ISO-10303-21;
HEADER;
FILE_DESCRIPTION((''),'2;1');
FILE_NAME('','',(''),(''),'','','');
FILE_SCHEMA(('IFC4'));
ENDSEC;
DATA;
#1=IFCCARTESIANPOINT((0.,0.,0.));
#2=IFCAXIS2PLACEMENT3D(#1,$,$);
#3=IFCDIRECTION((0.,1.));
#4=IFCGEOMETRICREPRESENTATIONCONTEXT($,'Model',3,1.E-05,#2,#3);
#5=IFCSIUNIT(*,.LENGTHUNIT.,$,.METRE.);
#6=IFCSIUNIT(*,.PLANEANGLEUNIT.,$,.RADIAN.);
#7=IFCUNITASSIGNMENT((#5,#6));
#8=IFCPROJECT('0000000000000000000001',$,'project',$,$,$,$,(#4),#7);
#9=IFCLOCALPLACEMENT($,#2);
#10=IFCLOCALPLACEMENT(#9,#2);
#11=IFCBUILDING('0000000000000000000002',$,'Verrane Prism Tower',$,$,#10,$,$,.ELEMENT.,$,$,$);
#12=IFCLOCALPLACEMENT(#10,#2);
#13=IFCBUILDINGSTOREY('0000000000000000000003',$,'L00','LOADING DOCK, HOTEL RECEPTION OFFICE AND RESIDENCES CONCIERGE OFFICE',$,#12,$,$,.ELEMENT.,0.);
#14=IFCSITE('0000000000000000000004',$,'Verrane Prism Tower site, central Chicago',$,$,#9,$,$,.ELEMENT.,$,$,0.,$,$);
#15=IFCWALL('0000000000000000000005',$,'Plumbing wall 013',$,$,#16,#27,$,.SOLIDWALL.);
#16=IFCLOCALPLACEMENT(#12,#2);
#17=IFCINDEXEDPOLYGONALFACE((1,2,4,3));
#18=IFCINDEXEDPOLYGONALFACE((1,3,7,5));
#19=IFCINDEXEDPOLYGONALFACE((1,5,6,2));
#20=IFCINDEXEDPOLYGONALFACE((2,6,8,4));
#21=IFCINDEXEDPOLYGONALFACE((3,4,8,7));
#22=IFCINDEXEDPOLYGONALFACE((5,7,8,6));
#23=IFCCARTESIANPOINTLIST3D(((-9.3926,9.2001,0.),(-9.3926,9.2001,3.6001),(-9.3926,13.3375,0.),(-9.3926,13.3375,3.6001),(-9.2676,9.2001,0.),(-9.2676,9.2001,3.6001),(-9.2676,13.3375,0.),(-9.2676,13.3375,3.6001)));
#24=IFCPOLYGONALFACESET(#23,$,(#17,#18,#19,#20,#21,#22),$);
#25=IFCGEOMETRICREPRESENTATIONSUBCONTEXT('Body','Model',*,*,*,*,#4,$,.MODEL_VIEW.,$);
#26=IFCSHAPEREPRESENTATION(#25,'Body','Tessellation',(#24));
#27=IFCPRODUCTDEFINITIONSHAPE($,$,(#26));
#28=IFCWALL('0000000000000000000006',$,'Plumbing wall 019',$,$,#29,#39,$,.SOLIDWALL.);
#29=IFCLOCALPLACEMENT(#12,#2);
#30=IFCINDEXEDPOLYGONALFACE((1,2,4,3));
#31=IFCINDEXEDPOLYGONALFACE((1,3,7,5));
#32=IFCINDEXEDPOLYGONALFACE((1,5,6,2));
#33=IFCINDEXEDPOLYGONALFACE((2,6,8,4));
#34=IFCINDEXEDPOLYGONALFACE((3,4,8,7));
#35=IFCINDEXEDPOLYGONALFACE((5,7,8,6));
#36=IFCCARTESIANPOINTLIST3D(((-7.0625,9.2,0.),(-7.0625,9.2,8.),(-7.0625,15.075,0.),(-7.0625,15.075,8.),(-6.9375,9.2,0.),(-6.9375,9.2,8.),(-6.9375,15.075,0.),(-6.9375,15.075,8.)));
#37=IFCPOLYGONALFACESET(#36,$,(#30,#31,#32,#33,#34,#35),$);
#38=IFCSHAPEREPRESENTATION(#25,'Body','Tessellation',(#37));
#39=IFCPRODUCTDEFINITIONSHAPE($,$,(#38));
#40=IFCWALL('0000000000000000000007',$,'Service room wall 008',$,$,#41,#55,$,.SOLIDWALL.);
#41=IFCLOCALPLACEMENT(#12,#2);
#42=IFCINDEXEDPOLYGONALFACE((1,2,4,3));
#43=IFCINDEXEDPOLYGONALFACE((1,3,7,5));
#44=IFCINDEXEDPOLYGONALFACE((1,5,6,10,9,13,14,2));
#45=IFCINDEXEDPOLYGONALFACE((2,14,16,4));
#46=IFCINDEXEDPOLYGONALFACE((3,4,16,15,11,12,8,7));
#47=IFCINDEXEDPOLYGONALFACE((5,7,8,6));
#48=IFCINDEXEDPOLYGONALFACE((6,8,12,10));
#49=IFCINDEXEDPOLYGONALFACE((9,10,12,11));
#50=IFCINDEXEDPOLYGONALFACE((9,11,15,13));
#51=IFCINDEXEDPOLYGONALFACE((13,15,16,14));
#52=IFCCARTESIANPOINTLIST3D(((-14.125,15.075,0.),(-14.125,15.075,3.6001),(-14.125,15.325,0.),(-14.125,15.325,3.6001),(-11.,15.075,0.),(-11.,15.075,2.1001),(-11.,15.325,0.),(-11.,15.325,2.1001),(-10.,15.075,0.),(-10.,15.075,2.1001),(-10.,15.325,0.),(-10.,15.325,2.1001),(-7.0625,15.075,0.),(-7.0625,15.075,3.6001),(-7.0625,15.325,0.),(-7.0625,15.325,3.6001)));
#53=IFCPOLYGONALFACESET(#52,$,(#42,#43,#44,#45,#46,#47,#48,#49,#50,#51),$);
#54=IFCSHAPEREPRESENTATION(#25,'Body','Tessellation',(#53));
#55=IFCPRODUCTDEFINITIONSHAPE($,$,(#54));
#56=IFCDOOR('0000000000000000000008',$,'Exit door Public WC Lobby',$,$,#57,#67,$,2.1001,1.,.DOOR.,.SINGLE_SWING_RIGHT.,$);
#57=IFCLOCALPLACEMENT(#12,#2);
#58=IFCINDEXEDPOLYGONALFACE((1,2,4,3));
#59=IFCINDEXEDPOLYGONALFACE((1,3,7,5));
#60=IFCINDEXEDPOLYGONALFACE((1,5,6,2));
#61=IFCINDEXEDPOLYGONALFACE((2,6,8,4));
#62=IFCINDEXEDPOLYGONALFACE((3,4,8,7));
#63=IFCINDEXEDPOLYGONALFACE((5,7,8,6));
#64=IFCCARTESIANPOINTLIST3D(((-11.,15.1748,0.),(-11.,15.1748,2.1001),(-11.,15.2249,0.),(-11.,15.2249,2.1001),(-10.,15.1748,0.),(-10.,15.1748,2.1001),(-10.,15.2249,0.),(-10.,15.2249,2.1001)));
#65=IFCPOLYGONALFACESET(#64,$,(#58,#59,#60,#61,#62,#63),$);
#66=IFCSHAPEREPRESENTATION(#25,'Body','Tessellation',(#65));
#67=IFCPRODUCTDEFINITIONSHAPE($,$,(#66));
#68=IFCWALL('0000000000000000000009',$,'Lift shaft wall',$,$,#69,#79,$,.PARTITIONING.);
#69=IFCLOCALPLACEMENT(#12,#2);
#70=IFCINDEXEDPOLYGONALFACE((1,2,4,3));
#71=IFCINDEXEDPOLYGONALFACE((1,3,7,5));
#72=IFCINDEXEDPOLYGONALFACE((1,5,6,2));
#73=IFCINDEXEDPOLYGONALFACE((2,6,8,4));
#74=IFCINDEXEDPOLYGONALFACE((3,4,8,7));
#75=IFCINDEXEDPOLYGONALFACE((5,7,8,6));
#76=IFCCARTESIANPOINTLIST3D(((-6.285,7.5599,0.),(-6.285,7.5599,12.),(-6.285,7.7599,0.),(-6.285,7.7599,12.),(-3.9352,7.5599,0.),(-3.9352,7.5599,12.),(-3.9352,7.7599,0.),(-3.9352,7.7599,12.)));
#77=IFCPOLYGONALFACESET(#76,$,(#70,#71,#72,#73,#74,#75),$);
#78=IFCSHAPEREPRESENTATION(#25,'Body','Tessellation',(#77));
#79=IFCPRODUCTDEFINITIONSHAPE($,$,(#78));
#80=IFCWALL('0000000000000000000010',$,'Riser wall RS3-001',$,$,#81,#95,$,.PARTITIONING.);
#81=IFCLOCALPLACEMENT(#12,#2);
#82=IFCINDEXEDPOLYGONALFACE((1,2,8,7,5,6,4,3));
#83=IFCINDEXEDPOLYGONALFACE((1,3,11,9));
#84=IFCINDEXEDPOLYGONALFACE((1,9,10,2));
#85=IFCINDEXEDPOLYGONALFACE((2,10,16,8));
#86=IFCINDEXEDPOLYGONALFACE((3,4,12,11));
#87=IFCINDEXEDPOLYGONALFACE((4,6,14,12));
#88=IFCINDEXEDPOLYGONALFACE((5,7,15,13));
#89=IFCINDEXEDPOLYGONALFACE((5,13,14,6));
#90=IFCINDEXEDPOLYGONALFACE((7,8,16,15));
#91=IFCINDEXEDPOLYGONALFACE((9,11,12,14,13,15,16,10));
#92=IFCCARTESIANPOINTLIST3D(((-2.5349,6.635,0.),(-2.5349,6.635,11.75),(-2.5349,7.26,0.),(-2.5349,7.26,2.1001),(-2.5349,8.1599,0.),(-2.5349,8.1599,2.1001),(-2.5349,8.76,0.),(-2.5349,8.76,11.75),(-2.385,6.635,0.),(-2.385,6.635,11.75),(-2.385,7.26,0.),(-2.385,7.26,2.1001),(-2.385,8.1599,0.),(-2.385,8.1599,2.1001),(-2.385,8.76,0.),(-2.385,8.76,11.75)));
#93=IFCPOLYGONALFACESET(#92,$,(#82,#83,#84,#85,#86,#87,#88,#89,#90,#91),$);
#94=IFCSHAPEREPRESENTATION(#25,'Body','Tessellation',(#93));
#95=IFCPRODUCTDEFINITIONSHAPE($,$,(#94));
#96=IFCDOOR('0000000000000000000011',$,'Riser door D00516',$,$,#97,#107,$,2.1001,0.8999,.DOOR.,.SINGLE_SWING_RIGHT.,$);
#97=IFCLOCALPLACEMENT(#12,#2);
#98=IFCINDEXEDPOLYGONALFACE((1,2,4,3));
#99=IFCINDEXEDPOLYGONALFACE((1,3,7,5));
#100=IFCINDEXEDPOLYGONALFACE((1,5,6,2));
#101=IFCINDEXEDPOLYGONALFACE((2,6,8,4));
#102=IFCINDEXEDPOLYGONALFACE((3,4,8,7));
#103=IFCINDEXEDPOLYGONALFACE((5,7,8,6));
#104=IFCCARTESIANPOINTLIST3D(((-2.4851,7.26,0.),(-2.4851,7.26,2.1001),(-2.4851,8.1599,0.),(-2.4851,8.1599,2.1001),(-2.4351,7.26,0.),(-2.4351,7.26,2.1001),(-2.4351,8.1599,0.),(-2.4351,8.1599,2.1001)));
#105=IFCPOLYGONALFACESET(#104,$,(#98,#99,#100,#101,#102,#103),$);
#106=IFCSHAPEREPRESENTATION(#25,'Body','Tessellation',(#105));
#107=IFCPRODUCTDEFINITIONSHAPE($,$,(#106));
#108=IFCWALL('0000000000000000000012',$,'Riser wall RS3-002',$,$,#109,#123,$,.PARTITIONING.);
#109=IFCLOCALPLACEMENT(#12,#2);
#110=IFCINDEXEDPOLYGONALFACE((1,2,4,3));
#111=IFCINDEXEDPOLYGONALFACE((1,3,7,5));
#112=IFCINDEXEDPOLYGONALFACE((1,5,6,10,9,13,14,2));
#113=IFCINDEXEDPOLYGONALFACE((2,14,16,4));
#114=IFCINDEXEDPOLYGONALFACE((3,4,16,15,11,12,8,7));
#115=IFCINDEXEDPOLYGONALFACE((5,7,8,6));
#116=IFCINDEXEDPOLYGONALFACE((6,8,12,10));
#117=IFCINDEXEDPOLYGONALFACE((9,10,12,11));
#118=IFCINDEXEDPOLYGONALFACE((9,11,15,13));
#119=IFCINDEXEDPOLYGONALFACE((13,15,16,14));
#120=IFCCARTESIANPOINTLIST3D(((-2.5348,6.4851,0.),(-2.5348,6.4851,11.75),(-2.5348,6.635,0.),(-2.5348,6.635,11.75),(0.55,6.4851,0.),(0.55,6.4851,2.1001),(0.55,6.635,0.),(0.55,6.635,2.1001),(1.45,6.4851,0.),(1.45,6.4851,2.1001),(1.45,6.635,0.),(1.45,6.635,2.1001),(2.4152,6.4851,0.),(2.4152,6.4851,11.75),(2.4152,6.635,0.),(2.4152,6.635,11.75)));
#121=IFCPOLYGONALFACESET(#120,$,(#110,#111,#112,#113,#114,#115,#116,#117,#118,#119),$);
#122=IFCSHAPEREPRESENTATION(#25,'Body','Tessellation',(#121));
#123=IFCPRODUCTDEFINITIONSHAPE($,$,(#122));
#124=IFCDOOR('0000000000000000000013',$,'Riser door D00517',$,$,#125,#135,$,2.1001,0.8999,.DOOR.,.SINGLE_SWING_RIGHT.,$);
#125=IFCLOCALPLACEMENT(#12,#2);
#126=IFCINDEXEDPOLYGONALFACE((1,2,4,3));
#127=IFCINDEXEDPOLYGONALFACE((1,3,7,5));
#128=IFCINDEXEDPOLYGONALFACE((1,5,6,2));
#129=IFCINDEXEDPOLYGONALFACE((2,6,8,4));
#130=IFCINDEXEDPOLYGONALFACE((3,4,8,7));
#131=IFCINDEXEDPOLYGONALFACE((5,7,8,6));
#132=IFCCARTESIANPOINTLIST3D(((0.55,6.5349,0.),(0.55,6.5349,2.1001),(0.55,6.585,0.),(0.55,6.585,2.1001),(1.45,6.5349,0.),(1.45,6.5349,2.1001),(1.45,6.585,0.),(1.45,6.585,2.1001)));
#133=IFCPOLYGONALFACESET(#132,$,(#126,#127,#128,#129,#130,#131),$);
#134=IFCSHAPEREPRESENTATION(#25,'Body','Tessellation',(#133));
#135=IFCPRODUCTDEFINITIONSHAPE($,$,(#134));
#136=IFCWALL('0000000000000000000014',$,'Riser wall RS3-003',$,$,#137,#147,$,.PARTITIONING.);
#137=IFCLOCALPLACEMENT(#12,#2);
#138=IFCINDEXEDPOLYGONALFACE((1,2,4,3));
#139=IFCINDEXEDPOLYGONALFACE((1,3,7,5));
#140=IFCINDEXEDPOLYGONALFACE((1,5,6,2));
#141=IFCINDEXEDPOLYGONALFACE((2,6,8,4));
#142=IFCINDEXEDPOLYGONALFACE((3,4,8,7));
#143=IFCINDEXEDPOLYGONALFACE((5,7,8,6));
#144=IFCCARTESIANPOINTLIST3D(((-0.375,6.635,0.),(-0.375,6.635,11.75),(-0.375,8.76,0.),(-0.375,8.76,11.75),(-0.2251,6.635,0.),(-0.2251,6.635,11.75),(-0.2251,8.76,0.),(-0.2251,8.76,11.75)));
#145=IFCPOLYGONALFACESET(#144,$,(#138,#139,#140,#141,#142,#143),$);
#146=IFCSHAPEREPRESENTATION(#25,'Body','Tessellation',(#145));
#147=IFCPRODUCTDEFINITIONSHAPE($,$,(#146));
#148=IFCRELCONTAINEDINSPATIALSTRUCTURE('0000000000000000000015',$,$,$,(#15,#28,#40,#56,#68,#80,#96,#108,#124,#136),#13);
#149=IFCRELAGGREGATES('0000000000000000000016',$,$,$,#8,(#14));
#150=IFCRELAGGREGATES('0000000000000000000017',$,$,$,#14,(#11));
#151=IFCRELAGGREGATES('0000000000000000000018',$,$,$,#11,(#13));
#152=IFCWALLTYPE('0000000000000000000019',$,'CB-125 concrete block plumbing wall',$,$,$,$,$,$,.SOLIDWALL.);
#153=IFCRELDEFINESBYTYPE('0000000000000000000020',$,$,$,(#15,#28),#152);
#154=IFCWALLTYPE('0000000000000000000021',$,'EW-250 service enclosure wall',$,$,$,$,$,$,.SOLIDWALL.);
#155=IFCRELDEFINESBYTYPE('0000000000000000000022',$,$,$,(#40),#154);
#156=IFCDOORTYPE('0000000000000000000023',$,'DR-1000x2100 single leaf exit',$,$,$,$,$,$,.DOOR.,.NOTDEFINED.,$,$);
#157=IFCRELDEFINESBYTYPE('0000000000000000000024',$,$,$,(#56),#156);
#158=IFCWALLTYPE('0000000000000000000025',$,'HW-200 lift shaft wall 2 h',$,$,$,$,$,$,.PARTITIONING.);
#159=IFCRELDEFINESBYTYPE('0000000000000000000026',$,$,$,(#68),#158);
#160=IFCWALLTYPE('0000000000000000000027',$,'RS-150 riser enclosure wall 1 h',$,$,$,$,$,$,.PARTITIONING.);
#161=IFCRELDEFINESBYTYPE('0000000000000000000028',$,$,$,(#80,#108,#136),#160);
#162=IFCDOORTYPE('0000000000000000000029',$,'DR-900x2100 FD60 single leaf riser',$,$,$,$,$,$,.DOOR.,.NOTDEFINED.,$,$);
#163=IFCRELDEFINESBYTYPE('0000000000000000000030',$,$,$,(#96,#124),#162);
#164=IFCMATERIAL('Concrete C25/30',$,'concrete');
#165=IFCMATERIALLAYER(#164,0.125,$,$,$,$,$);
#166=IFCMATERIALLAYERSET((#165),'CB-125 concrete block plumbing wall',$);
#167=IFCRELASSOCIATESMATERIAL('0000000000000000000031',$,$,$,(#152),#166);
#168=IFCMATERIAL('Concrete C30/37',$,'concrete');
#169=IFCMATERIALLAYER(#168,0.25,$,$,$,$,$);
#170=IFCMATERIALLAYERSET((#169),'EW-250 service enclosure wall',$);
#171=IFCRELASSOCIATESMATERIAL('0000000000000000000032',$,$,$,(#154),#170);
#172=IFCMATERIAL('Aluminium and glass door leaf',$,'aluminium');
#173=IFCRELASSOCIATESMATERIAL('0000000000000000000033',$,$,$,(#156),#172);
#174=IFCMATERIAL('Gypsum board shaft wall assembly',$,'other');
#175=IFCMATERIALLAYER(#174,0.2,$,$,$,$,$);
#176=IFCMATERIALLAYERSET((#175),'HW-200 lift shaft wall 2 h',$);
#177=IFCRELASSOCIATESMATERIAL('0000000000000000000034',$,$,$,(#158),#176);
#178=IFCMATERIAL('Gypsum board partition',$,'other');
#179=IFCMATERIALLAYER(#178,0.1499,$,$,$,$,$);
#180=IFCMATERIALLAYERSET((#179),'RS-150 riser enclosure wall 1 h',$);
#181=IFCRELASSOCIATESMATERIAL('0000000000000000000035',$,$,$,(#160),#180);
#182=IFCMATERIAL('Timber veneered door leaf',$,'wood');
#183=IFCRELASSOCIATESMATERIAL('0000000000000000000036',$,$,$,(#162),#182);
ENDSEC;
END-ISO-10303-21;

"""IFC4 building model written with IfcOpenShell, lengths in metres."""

from ifc_helpers import new_model, si_unit, direction, frame, frame_2d, origin, place, context, subcontext, project, spatial, rectangle, extrude, material, layer, layer_set, type_object, element, fill, save


model = new_model("IFC4")

# Units and contexts
model_context = context("Model", 3, precision=1e-05, world=origin(), true_north=direction((0.0, 1.0)))
body_context = subcontext(model_context, "Body", "Model", "MODEL_VIEW")
ifc_project = project(units=[si_unit("LENGTHUNIT", "METRE"), si_unit("PLANEANGLEUNIT", "RADIAN")], contexts=[model_context])

# Site, building, storey
site_placement = place(None, origin())
site = spatial("IfcSite", under=ifc_project, at=site_placement, Name="Verrane Prism Tower site, central Chicago", CompositionType="ELEMENT", RefElevation=0.0)
building_placement = place(site_placement, origin())
building = spatial("IfcBuilding", under=site, at=building_placement, Name="Verrane Prism Tower", CompositionType="ELEMENT")
storey_placement = place(building_placement, origin())
storey = spatial("IfcBuildingStorey", under=building, at=storey_placement, Name="L00", Description="LOADING DOCK, HOTEL RECEPTION OFFICE AND RESIDENCES CONCIERGE OFFICE", CompositionType="ELEMENT", Elevation=0.0)

# Shared definitions
ifc_material_1 = material(Name="Concrete C25/30", Category="concrete")
ifc_layer_1 = layer(ifc_material_1, 0.125)
ifc_layer_set_1 = layer_set([ifc_layer_1], Name="CB-125 concrete block plumbing wall")
wall_type_1 = type_object("IfcWallType", Name="CB-125 concrete block plumbing wall", PredefinedType="SOLIDWALL", material=ifc_layer_set_1)

# Walls
wall_1_placement = place(storey_placement, frame((-9.3301, 9.2, 0.0), z_axis=(0.0, 0.0, 1.0), x_axis=(0.0, 1.0, 0.0)))
element("IfcWall", 1, at=wall_1_placement, inside=storey, type_object=wall_type_1, Name="Plumbing wall 013", PredefinedType="SOLIDWALL", context=body_context, shape_type="SweptSolid", body=[
    extrude(rectangle(XDim=4.1375, YDim=0.125, at=frame_2d((2.0688, 0.0))), origin(), (0.0, 0.0, 1.0), 3.6001),
])
wall_2_placement = place(storey_placement, frame((-7.0, 9.2, 0.0), z_axis=(0.0, 0.0, 1.0), x_axis=(0.0, 1.0, 0.0)))
element("IfcWall", 2, at=wall_2_placement, inside=storey, type_object=wall_type_1, Name="Plumbing wall 019", PredefinedType="SOLIDWALL", context=body_context, shape_type="SweptSolid", body=[
    extrude(rectangle(XDim=5.875, YDim=0.125, at=frame_2d((2.9375, 0.0))), origin(), (0.0, 0.0, 1.0), 8.0),
])

# Wall, opening, door
ifc_material_2 = material(Name="Concrete C30/37", Category="concrete")
ifc_layer_2 = layer(ifc_material_2, 0.25)
ifc_layer_set_2 = layer_set([ifc_layer_2], Name="EW-250 service enclosure wall")
wall_type_2 = type_object("IfcWallType", Name="EW-250 service enclosure wall", PredefinedType="SOLIDWALL", material=ifc_layer_set_2)
wall_3_placement = place(storey_placement, frame((-7.0625, 15.2, 0.0), z_axis=(0.0, 0.0, 1.0), x_axis=(-1.0, 0.0, 0.0)))
wall_3 = element("IfcWall", 3, at=wall_3_placement, inside=storey, type_object=wall_type_2, Name="Service room wall 008", PredefinedType="SOLIDWALL", context=body_context, shape_type="SweptSolid", body=[
    extrude(rectangle(XDim=7.0625, YDim=0.25, at=frame_2d((3.5312, 0.0))), origin(), (0.0, 0.0, 1.0), 3.6001),
])
opening_1_placement = place(wall_3_placement, frame((2.9375, 0.0, 0.0)))
opening_1 = element("IfcOpeningElement", 4, at=opening_1_placement, cuts=wall_3, PredefinedType="OPENING", context=body_context, shape_type="SweptSolid", body=[
    extrude(rectangle(XDim=1.0, YDim=2.1001, at=frame_2d((0.5, 1.05))), frame((0.0, 0.135, 0.0), z_axis=(0.0, -1.0, 0.0), x_axis=(1.0, 0.0, 0.0)), (0.0, 0.0, 1.0), 0.27),
])
ifc_material_3 = material(Name="Aluminium and glass door leaf", Category="aluminium")
door_type_1 = type_object("IfcDoorType", Name="DR-1000x2100 single leaf exit", OperationType="NOTDEFINED", PredefinedType="DOOR", material=ifc_material_3)
door_1_placement = place(opening_1_placement, frame((1.0, 0.0, 0.0), z_axis=(0.0, 0.0, 1.0), x_axis=(-1.0, 0.0, 0.0)))
door_1 = element("IfcDoor", 5, at=door_1_placement, inside=storey, type_object=door_type_1, Name="Exit door Public WC Lobby", OperationType="SINGLE_SWING_RIGHT", OverallHeight=2.1001, OverallWidth=1.0, PredefinedType="DOOR", context=body_context, shape_type="SweptSolid", body=[
    extrude(rectangle(XDim=1.0, YDim=2.1001, at=frame_2d((0.5, 1.05))), frame((0.0, 0.0249, 0.0), z_axis=(0.0, -1.0, 0.0), x_axis=(1.0, 0.0, 0.0)), (0.0, 0.0, 1.0), 0.05),
])
fill(opening_1, door_1)

# Wall
ifc_material_4 = material(Name="Gypsum board shaft wall assembly", Category="other")
ifc_layer_3 = layer(ifc_material_4, 0.2)
ifc_layer_set_3 = layer_set([ifc_layer_3], Name="HW-200 lift shaft wall 2 h")
wall_type_3 = type_object("IfcWallType", Name="HW-200 lift shaft wall 2 h", PredefinedType="PARTITIONING", material=ifc_layer_set_3)
wall_4_placement = place(storey_placement, frame((-6.2849, 7.6599, 0.0), z_axis=(0.0, 0.0, 1.0), x_axis=(1.0, 0.0, 0.0)))
element("IfcWall", 6, at=wall_4_placement, inside=storey, type_object=wall_type_3, Name="Lift shaft wall", PredefinedType="PARTITIONING", context=body_context, shape_type="SweptSolid", body=[
    extrude(rectangle(XDim=2.3499, YDim=0.2, at=frame_2d((1.1748, 0.0))), origin(), (0.0, 0.0, 1.0), 12.0),
])

# Walls, openings, doors
ifc_material_5 = material(Name="Gypsum board partition", Category="other")
ifc_layer_4 = layer(ifc_material_5, 0.1499)
ifc_layer_set_4 = layer_set([ifc_layer_4], Name="RS-150 riser enclosure wall 1 h")
wall_type_4 = type_object("IfcWallType", Name="RS-150 riser enclosure wall 1 h", PredefinedType="PARTITIONING", material=ifc_layer_set_4)
wall_5_placement = place(storey_placement, frame((-2.46, 8.76, 0.0), z_axis=(0.0, 0.0, 1.0), x_axis=(0.0, -1.0, 0.0)))
wall_5 = element("IfcWall", 7, at=wall_5_placement, inside=storey, type_object=wall_type_4, Name="Riser wall RS3-001", PredefinedType="PARTITIONING", context=body_context, shape_type="SweptSolid", body=[
    extrude(rectangle(XDim=2.125, YDim=0.1499, at=frame_2d((1.0625, 0.0))), origin(), (0.0, 0.0, 1.0), 11.75),
])
opening_2_placement = place(wall_5_placement, frame((0.6001, 0.0, 0.0)))
opening_2 = element("IfcOpeningElement", 8, at=opening_2_placement, cuts=wall_5, PredefinedType="OPENING", context=body_context, shape_type="SweptSolid", body=[
    extrude(rectangle(XDim=0.8999, YDim=2.1001, at=frame_2d((0.45, 1.05))), frame((0.0, 0.085, 0.0), z_axis=(0.0, -1.0, 0.0), x_axis=(1.0, 0.0, 0.0)), (0.0, 0.0, 1.0), 0.1699),
])
ifc_material_6 = material(Name="Timber veneered door leaf", Category="wood")
door_type_2 = type_object("IfcDoorType", Name="DR-900x2100 FD60 single leaf riser", OperationType="NOTDEFINED", PredefinedType="DOOR", material=ifc_material_6)
door_2_placement = place(opening_2_placement, origin())
door_2 = element("IfcDoor", 9, at=door_2_placement, inside=storey, type_object=door_type_2, Name="Riser door D00516", OperationType="SINGLE_SWING_RIGHT", OverallHeight=2.1001, OverallWidth=0.8999, PredefinedType="DOOR", context=body_context, shape_type="SweptSolid", body=[
    extrude(rectangle(XDim=0.8999, YDim=2.1001, at=frame_2d((0.45, 1.05))), frame((0.0, 0.0249, 0.0), z_axis=(0.0, -1.0, 0.0), x_axis=(1.0, 0.0, 0.0)), (0.0, 0.0, 1.0), 0.05),
])
fill(opening_2, door_2)
wall_6_placement = place(storey_placement, frame((-2.5349, 6.5601, 0.0), z_axis=(0.0, 0.0, 1.0), x_axis=(1.0, 0.0, 0.0)))
wall_6 = element("IfcWall", 10, at=wall_6_placement, inside=storey, type_object=wall_type_4, Name="Riser wall RS3-002", PredefinedType="PARTITIONING", context=body_context, shape_type="SweptSolid", body=[
    extrude(rectangle(XDim=4.95, YDim=0.1499, at=frame_2d((2.4751, 0.0))), origin(), (0.0, 0.0, 1.0), 11.75),
])
opening_3_placement = place(wall_6_placement, frame((3.085, 0.0, 0.0)))
opening_3 = element("IfcOpeningElement", 11, at=opening_3_placement, cuts=wall_6, PredefinedType="OPENING", context=body_context, shape_type="SweptSolid", body=[
    extrude(rectangle(XDim=0.8999, YDim=2.1001, at=frame_2d((0.45, 1.05))), frame((0.0, 0.085, 0.0), z_axis=(0.0, -1.0, 0.0), x_axis=(1.0, 0.0, 0.0)), (0.0, 0.0, 1.0), 0.1699),
])
door_3_placement = place(opening_3_placement, origin())
door_3 = element("IfcDoor", 12, at=door_3_placement, inside=storey, type_object=door_type_2, Name="Riser door D00517", OperationType="SINGLE_SWING_RIGHT", OverallHeight=2.1001, OverallWidth=0.8999, PredefinedType="DOOR", context=body_context, shape_type="SweptSolid", body=[
    extrude(rectangle(XDim=0.8999, YDim=2.1001, at=frame_2d((0.45, 1.05))), frame((0.0, 0.0249, 0.0), z_axis=(0.0, -1.0, 0.0), x_axis=(1.0, 0.0, 0.0)), (0.0, 0.0, 1.0), 0.05),
])
fill(opening_3, door_3)

# Wall
wall_7_placement = place(storey_placement, frame((-0.3, 6.635, 0.0), z_axis=(0.0, 0.0, 1.0), x_axis=(0.0, 1.0, 0.0)))
element("IfcWall", 13, at=wall_7_placement, inside=storey, type_object=wall_type_4, Name="Riser wall RS3-003", PredefinedType="PARTITIONING", context=body_context, shape_type="SweptSolid", body=[
    extrude(rectangle(XDim=2.125, YDim=0.1499, at=frame_2d((1.0625, 0.0))), origin(), (0.0, 0.0, 1.0), 11.75),
])

save(model, "model.ifc")
